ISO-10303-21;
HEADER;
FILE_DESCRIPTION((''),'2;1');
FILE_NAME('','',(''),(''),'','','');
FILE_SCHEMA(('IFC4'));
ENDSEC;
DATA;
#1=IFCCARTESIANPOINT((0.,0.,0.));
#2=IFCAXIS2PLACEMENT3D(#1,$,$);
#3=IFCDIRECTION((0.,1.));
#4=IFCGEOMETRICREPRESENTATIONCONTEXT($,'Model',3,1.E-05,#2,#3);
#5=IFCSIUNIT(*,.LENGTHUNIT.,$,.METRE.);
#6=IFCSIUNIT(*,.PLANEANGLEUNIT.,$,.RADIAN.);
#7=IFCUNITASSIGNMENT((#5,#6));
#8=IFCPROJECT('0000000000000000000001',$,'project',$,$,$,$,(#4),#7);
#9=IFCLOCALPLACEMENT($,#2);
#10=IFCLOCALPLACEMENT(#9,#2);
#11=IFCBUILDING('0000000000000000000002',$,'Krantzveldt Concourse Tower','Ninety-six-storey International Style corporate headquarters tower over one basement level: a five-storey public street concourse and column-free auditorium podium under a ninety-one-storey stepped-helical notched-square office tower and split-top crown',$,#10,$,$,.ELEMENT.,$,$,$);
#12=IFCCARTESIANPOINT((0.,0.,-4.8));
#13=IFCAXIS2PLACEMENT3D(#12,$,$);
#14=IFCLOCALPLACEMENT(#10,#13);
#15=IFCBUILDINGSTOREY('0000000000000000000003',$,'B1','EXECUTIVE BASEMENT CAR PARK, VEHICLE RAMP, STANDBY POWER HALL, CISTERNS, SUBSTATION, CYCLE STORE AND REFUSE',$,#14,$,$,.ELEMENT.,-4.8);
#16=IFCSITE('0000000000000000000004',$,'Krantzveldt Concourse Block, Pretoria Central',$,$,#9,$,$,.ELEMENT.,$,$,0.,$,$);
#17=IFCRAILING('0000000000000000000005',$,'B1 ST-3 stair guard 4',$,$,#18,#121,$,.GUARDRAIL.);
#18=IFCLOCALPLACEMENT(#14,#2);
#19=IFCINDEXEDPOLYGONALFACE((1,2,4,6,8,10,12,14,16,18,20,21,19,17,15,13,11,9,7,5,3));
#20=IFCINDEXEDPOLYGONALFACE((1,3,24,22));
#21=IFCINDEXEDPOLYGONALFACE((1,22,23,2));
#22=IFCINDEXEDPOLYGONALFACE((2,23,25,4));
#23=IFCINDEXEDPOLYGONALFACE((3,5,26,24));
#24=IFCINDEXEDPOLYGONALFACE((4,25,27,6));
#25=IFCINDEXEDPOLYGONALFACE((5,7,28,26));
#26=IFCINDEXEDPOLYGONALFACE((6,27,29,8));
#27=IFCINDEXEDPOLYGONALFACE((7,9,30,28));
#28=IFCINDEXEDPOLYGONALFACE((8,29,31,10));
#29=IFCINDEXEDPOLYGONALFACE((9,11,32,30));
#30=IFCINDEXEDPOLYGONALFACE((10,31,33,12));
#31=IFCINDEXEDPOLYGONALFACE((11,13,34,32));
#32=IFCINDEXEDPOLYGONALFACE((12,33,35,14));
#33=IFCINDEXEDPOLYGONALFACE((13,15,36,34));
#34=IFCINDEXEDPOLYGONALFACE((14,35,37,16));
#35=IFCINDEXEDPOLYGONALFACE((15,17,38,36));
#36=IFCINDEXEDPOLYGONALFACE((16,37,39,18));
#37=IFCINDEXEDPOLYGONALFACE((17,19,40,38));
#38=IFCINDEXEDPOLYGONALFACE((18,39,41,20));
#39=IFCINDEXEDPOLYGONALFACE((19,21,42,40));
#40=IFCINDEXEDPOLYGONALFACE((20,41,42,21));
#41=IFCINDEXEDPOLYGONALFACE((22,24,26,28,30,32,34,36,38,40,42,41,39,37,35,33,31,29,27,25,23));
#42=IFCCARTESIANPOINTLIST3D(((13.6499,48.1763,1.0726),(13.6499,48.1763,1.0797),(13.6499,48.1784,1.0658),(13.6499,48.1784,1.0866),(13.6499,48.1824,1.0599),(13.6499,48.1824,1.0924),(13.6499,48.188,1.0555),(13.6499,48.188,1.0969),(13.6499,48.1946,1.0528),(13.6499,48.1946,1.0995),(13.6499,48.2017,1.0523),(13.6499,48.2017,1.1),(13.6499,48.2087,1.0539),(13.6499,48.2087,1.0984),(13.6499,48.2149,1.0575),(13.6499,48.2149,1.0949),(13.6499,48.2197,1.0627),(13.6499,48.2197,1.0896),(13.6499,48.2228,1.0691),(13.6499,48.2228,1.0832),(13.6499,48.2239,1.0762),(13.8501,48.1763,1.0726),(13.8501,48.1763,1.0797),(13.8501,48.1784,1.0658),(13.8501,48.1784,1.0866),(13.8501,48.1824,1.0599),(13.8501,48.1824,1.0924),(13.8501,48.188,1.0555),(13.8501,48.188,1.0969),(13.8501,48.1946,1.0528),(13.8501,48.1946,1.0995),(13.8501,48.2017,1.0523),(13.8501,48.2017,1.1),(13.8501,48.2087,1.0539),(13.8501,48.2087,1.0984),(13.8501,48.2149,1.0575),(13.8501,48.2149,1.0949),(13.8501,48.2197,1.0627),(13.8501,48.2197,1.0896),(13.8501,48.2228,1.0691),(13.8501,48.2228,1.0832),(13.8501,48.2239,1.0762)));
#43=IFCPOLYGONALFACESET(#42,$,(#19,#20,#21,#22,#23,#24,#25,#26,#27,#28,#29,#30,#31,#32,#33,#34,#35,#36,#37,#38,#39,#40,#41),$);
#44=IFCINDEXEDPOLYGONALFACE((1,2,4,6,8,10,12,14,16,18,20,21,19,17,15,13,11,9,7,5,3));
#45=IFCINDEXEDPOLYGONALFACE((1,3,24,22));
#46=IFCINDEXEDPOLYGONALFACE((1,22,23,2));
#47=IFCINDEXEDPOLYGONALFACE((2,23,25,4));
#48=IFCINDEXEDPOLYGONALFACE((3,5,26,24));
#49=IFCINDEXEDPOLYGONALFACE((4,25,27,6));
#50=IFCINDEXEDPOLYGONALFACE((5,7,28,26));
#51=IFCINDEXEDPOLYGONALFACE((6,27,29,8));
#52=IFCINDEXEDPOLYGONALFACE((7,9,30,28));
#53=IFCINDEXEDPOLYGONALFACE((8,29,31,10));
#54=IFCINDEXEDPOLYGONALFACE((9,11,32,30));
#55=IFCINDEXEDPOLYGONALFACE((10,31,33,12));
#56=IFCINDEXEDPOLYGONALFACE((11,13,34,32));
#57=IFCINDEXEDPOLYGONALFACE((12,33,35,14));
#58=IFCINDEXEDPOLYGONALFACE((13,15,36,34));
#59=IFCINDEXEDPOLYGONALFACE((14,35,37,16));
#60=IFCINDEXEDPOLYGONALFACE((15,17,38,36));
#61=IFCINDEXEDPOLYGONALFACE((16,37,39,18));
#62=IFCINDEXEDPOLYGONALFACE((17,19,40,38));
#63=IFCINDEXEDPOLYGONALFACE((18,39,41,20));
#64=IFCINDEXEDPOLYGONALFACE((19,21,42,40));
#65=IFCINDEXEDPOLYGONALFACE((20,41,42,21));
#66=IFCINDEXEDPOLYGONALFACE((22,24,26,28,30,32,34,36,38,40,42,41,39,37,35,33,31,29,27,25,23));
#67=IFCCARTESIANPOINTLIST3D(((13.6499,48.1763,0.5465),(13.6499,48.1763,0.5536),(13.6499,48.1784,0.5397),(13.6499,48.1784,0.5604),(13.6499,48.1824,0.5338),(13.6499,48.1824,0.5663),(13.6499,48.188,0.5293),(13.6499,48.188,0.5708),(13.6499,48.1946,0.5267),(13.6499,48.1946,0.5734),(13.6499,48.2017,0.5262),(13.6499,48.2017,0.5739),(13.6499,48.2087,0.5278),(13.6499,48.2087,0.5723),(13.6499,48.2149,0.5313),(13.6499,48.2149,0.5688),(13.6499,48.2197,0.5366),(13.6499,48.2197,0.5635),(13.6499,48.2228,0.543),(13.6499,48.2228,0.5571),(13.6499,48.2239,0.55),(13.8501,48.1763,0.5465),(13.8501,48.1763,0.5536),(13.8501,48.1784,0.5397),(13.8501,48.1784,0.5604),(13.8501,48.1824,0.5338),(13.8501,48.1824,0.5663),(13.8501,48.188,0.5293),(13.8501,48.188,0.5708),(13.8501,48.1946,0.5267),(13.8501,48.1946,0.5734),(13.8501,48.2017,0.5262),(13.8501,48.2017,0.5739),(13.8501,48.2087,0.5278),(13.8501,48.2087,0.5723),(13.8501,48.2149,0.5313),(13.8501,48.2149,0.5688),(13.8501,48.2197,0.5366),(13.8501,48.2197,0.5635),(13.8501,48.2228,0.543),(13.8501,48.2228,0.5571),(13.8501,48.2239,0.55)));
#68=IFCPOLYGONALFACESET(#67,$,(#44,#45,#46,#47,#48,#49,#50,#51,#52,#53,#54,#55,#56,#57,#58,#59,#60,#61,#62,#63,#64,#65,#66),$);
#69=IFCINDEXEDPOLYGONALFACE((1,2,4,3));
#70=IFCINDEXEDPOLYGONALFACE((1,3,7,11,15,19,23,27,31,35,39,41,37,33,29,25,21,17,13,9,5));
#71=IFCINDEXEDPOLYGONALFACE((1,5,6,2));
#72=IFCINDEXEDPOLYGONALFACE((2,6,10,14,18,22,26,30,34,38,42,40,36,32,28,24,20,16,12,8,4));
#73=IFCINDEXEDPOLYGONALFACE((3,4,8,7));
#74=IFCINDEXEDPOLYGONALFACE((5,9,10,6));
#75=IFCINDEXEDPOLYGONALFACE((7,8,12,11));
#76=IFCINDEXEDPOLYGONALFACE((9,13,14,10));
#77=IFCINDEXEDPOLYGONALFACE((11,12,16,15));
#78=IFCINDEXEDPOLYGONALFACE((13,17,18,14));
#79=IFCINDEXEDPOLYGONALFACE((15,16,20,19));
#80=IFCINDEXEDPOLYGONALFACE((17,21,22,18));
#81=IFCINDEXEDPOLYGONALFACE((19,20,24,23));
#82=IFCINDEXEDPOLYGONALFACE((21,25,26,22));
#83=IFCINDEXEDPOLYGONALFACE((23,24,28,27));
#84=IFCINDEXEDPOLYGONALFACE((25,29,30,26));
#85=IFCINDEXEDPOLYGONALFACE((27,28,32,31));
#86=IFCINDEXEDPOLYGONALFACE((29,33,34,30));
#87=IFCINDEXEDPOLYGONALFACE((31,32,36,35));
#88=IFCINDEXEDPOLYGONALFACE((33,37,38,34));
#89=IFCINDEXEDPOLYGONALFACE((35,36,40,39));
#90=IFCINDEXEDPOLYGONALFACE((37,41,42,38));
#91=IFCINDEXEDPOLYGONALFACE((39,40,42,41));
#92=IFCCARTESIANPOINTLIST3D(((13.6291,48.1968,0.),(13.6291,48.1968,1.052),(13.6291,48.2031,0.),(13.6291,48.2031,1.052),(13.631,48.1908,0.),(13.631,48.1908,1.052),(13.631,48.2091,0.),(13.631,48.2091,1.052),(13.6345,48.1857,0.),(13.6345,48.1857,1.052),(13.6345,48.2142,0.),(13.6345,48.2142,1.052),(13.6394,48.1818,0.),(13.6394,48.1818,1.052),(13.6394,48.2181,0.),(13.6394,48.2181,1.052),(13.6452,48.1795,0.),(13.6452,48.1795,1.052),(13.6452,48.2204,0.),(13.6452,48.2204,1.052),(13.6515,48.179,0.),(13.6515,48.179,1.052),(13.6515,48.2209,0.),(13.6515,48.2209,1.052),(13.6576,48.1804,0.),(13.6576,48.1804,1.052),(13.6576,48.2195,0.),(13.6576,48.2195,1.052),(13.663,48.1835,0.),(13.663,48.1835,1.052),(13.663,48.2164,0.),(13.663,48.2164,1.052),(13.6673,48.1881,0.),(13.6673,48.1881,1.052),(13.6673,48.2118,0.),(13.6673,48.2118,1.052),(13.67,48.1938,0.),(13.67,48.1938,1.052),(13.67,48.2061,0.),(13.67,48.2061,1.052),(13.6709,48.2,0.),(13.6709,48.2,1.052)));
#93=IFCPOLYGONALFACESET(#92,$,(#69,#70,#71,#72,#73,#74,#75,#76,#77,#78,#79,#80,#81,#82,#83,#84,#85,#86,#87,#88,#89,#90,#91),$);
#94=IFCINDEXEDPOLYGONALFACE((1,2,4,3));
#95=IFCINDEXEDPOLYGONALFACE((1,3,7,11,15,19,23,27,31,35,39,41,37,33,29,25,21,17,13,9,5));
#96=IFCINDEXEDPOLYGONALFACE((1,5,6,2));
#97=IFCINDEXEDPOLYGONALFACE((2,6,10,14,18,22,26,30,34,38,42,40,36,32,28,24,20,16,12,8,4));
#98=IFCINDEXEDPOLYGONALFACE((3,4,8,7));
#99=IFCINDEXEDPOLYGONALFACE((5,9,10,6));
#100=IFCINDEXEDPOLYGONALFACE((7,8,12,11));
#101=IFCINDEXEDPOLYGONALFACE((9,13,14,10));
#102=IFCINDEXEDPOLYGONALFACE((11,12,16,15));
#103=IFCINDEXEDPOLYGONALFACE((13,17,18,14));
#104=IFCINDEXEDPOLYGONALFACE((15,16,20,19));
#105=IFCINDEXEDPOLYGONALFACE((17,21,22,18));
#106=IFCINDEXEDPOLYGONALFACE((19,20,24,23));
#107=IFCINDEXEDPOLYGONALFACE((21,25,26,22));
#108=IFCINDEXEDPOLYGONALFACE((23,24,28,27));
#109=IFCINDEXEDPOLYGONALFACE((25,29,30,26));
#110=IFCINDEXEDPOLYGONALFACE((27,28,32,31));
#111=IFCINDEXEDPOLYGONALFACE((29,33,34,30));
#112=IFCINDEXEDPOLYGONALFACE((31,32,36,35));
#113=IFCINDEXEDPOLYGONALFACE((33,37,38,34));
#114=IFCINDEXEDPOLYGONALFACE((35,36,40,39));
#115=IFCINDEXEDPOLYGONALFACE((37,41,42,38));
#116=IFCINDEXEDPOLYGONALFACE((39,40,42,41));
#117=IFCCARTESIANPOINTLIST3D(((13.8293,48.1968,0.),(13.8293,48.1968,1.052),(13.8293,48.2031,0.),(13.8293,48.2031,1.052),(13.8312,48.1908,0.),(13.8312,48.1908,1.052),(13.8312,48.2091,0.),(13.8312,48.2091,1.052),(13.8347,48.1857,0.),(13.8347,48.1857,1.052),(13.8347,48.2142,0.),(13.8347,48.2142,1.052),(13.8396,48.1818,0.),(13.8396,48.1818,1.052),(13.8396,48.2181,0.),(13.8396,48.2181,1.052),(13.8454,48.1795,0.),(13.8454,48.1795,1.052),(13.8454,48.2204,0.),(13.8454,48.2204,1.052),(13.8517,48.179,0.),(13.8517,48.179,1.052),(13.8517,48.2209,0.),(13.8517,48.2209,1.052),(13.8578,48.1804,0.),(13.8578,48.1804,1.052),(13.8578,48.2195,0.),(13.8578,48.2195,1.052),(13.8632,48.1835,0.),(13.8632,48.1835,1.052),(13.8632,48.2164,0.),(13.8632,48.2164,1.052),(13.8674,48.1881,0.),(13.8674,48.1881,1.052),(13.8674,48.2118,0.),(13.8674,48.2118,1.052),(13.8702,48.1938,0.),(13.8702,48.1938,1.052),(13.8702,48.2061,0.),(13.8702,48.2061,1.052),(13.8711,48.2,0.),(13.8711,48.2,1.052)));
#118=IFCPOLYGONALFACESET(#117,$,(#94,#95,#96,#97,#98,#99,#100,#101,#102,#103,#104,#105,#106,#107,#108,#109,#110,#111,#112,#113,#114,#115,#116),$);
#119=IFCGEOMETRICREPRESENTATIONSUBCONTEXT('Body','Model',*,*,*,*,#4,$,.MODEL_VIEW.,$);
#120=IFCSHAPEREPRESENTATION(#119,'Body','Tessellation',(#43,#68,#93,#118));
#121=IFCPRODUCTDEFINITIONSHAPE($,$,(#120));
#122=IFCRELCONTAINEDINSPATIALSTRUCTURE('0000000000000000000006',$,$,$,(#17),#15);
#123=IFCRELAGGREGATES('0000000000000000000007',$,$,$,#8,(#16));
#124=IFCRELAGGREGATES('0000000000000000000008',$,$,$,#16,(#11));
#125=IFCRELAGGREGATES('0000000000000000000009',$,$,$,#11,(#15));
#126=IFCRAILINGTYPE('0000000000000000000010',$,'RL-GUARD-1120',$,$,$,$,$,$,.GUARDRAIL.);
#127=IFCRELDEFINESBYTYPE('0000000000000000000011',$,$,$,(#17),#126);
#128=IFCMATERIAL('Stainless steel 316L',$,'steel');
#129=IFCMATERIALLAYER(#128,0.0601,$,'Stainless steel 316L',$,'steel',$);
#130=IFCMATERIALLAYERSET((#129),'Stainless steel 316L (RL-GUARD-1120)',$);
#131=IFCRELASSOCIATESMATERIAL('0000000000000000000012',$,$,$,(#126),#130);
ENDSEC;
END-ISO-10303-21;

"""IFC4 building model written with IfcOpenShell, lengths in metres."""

from ifc_helpers import new_model, si_unit, direction, frame, origin, origin_2d, place, context, subcontext, project, spatial, circle, extrude, material, layer, layer_set, type_object, element, save


model = new_model("IFC4")

# Units and contexts
model_context = context("Model", 3, precision=1e-05, world=origin(), true_north=direction((0.0, 1.0)))
body_context = subcontext(model_context, "Body", "Model", "MODEL_VIEW")
ifc_project = project(units=[si_unit("LENGTHUNIT", "METRE"), si_unit("PLANEANGLEUNIT", "RADIAN")], contexts=[model_context])

# Site, building, storey
site_placement = place(None, origin())
site = spatial("IfcSite", under=ifc_project, at=site_placement, Name="Krantzveldt Concourse Block, Pretoria Central", CompositionType="ELEMENT", RefElevation=0.0)
building_placement = place(site_placement, origin())
building = spatial("IfcBuilding", under=site, at=building_placement, Name="Krantzveldt Concourse Tower", Description="Ninety-six-storey International Style corporate headquarters tower over one basement level: a five-storey public street concourse and column-free auditorium podium under a ninety-one-storey stepped-helical notched-square office tower and split-top crown", CompositionType="ELEMENT")
storey_placement = place(building_placement, frame((0.0, 0.0, -4.8)))
storey = spatial("IfcBuildingStorey", under=building, at=storey_placement, Name="B1", Description="EXECUTIVE BASEMENT CAR PARK, VEHICLE RAMP, STANDBY POWER HALL, CISTERNS, SUBSTATION, CYCLE STORE AND REFUSE", CompositionType="ELEMENT", Elevation=-4.8)

# Railing
ifc_material_1 = material(Name="Stainless steel 316L", Category="steel")
ifc_layer_1 = layer(ifc_material_1, 0.0601, Name="Stainless steel 316L", Category="steel")
ifc_layer_set_1 = layer_set([ifc_layer_1], Name="Stainless steel 316L (RL-GUARD-1120)")
railing_type_1 = type_object("IfcRailingType", Name="RL-GUARD-1120", PredefinedType="GUARDRAIL", material=ifc_layer_set_1)
railing_1_placement = place(storey_placement, frame((13.6499, 48.2, 0.0)))
element("IfcRailing", 1, at=railing_1_placement, inside=storey, type_object=railing_type_1, Name="B1 ST-3 stair guard 4", PredefinedType="GUARDRAIL", context=body_context, shape_type="SweptSolid", body=[
    extrude(circle(Radius=0.0239, at=origin_2d()), frame((0.0, 0.0, 1.0762), z_axis=(1.0, 0.0, 0.0), x_axis=(0.0, 1.0, 0.0)), (0.0, 0.0, 1.0), 0.2002),
    extrude(circle(Radius=0.0239, at=origin_2d()), frame((0.0, 0.0, 0.55), z_axis=(1.0, 0.0, 0.0), x_axis=(0.0, 1.0, 0.0)), (0.0, 0.0, 1.0), 0.2002),
    extrude(circle(Radius=0.021, at=origin_2d()), origin(), (0.0, 0.0, 1.0), 1.052),
    extrude(circle(Radius=0.021, at=origin_2d()), frame((0.2002, 0.0, 0.0)), (0.0, 0.0, 1.0), 1.052),
])

save(model, "model.ifc")
